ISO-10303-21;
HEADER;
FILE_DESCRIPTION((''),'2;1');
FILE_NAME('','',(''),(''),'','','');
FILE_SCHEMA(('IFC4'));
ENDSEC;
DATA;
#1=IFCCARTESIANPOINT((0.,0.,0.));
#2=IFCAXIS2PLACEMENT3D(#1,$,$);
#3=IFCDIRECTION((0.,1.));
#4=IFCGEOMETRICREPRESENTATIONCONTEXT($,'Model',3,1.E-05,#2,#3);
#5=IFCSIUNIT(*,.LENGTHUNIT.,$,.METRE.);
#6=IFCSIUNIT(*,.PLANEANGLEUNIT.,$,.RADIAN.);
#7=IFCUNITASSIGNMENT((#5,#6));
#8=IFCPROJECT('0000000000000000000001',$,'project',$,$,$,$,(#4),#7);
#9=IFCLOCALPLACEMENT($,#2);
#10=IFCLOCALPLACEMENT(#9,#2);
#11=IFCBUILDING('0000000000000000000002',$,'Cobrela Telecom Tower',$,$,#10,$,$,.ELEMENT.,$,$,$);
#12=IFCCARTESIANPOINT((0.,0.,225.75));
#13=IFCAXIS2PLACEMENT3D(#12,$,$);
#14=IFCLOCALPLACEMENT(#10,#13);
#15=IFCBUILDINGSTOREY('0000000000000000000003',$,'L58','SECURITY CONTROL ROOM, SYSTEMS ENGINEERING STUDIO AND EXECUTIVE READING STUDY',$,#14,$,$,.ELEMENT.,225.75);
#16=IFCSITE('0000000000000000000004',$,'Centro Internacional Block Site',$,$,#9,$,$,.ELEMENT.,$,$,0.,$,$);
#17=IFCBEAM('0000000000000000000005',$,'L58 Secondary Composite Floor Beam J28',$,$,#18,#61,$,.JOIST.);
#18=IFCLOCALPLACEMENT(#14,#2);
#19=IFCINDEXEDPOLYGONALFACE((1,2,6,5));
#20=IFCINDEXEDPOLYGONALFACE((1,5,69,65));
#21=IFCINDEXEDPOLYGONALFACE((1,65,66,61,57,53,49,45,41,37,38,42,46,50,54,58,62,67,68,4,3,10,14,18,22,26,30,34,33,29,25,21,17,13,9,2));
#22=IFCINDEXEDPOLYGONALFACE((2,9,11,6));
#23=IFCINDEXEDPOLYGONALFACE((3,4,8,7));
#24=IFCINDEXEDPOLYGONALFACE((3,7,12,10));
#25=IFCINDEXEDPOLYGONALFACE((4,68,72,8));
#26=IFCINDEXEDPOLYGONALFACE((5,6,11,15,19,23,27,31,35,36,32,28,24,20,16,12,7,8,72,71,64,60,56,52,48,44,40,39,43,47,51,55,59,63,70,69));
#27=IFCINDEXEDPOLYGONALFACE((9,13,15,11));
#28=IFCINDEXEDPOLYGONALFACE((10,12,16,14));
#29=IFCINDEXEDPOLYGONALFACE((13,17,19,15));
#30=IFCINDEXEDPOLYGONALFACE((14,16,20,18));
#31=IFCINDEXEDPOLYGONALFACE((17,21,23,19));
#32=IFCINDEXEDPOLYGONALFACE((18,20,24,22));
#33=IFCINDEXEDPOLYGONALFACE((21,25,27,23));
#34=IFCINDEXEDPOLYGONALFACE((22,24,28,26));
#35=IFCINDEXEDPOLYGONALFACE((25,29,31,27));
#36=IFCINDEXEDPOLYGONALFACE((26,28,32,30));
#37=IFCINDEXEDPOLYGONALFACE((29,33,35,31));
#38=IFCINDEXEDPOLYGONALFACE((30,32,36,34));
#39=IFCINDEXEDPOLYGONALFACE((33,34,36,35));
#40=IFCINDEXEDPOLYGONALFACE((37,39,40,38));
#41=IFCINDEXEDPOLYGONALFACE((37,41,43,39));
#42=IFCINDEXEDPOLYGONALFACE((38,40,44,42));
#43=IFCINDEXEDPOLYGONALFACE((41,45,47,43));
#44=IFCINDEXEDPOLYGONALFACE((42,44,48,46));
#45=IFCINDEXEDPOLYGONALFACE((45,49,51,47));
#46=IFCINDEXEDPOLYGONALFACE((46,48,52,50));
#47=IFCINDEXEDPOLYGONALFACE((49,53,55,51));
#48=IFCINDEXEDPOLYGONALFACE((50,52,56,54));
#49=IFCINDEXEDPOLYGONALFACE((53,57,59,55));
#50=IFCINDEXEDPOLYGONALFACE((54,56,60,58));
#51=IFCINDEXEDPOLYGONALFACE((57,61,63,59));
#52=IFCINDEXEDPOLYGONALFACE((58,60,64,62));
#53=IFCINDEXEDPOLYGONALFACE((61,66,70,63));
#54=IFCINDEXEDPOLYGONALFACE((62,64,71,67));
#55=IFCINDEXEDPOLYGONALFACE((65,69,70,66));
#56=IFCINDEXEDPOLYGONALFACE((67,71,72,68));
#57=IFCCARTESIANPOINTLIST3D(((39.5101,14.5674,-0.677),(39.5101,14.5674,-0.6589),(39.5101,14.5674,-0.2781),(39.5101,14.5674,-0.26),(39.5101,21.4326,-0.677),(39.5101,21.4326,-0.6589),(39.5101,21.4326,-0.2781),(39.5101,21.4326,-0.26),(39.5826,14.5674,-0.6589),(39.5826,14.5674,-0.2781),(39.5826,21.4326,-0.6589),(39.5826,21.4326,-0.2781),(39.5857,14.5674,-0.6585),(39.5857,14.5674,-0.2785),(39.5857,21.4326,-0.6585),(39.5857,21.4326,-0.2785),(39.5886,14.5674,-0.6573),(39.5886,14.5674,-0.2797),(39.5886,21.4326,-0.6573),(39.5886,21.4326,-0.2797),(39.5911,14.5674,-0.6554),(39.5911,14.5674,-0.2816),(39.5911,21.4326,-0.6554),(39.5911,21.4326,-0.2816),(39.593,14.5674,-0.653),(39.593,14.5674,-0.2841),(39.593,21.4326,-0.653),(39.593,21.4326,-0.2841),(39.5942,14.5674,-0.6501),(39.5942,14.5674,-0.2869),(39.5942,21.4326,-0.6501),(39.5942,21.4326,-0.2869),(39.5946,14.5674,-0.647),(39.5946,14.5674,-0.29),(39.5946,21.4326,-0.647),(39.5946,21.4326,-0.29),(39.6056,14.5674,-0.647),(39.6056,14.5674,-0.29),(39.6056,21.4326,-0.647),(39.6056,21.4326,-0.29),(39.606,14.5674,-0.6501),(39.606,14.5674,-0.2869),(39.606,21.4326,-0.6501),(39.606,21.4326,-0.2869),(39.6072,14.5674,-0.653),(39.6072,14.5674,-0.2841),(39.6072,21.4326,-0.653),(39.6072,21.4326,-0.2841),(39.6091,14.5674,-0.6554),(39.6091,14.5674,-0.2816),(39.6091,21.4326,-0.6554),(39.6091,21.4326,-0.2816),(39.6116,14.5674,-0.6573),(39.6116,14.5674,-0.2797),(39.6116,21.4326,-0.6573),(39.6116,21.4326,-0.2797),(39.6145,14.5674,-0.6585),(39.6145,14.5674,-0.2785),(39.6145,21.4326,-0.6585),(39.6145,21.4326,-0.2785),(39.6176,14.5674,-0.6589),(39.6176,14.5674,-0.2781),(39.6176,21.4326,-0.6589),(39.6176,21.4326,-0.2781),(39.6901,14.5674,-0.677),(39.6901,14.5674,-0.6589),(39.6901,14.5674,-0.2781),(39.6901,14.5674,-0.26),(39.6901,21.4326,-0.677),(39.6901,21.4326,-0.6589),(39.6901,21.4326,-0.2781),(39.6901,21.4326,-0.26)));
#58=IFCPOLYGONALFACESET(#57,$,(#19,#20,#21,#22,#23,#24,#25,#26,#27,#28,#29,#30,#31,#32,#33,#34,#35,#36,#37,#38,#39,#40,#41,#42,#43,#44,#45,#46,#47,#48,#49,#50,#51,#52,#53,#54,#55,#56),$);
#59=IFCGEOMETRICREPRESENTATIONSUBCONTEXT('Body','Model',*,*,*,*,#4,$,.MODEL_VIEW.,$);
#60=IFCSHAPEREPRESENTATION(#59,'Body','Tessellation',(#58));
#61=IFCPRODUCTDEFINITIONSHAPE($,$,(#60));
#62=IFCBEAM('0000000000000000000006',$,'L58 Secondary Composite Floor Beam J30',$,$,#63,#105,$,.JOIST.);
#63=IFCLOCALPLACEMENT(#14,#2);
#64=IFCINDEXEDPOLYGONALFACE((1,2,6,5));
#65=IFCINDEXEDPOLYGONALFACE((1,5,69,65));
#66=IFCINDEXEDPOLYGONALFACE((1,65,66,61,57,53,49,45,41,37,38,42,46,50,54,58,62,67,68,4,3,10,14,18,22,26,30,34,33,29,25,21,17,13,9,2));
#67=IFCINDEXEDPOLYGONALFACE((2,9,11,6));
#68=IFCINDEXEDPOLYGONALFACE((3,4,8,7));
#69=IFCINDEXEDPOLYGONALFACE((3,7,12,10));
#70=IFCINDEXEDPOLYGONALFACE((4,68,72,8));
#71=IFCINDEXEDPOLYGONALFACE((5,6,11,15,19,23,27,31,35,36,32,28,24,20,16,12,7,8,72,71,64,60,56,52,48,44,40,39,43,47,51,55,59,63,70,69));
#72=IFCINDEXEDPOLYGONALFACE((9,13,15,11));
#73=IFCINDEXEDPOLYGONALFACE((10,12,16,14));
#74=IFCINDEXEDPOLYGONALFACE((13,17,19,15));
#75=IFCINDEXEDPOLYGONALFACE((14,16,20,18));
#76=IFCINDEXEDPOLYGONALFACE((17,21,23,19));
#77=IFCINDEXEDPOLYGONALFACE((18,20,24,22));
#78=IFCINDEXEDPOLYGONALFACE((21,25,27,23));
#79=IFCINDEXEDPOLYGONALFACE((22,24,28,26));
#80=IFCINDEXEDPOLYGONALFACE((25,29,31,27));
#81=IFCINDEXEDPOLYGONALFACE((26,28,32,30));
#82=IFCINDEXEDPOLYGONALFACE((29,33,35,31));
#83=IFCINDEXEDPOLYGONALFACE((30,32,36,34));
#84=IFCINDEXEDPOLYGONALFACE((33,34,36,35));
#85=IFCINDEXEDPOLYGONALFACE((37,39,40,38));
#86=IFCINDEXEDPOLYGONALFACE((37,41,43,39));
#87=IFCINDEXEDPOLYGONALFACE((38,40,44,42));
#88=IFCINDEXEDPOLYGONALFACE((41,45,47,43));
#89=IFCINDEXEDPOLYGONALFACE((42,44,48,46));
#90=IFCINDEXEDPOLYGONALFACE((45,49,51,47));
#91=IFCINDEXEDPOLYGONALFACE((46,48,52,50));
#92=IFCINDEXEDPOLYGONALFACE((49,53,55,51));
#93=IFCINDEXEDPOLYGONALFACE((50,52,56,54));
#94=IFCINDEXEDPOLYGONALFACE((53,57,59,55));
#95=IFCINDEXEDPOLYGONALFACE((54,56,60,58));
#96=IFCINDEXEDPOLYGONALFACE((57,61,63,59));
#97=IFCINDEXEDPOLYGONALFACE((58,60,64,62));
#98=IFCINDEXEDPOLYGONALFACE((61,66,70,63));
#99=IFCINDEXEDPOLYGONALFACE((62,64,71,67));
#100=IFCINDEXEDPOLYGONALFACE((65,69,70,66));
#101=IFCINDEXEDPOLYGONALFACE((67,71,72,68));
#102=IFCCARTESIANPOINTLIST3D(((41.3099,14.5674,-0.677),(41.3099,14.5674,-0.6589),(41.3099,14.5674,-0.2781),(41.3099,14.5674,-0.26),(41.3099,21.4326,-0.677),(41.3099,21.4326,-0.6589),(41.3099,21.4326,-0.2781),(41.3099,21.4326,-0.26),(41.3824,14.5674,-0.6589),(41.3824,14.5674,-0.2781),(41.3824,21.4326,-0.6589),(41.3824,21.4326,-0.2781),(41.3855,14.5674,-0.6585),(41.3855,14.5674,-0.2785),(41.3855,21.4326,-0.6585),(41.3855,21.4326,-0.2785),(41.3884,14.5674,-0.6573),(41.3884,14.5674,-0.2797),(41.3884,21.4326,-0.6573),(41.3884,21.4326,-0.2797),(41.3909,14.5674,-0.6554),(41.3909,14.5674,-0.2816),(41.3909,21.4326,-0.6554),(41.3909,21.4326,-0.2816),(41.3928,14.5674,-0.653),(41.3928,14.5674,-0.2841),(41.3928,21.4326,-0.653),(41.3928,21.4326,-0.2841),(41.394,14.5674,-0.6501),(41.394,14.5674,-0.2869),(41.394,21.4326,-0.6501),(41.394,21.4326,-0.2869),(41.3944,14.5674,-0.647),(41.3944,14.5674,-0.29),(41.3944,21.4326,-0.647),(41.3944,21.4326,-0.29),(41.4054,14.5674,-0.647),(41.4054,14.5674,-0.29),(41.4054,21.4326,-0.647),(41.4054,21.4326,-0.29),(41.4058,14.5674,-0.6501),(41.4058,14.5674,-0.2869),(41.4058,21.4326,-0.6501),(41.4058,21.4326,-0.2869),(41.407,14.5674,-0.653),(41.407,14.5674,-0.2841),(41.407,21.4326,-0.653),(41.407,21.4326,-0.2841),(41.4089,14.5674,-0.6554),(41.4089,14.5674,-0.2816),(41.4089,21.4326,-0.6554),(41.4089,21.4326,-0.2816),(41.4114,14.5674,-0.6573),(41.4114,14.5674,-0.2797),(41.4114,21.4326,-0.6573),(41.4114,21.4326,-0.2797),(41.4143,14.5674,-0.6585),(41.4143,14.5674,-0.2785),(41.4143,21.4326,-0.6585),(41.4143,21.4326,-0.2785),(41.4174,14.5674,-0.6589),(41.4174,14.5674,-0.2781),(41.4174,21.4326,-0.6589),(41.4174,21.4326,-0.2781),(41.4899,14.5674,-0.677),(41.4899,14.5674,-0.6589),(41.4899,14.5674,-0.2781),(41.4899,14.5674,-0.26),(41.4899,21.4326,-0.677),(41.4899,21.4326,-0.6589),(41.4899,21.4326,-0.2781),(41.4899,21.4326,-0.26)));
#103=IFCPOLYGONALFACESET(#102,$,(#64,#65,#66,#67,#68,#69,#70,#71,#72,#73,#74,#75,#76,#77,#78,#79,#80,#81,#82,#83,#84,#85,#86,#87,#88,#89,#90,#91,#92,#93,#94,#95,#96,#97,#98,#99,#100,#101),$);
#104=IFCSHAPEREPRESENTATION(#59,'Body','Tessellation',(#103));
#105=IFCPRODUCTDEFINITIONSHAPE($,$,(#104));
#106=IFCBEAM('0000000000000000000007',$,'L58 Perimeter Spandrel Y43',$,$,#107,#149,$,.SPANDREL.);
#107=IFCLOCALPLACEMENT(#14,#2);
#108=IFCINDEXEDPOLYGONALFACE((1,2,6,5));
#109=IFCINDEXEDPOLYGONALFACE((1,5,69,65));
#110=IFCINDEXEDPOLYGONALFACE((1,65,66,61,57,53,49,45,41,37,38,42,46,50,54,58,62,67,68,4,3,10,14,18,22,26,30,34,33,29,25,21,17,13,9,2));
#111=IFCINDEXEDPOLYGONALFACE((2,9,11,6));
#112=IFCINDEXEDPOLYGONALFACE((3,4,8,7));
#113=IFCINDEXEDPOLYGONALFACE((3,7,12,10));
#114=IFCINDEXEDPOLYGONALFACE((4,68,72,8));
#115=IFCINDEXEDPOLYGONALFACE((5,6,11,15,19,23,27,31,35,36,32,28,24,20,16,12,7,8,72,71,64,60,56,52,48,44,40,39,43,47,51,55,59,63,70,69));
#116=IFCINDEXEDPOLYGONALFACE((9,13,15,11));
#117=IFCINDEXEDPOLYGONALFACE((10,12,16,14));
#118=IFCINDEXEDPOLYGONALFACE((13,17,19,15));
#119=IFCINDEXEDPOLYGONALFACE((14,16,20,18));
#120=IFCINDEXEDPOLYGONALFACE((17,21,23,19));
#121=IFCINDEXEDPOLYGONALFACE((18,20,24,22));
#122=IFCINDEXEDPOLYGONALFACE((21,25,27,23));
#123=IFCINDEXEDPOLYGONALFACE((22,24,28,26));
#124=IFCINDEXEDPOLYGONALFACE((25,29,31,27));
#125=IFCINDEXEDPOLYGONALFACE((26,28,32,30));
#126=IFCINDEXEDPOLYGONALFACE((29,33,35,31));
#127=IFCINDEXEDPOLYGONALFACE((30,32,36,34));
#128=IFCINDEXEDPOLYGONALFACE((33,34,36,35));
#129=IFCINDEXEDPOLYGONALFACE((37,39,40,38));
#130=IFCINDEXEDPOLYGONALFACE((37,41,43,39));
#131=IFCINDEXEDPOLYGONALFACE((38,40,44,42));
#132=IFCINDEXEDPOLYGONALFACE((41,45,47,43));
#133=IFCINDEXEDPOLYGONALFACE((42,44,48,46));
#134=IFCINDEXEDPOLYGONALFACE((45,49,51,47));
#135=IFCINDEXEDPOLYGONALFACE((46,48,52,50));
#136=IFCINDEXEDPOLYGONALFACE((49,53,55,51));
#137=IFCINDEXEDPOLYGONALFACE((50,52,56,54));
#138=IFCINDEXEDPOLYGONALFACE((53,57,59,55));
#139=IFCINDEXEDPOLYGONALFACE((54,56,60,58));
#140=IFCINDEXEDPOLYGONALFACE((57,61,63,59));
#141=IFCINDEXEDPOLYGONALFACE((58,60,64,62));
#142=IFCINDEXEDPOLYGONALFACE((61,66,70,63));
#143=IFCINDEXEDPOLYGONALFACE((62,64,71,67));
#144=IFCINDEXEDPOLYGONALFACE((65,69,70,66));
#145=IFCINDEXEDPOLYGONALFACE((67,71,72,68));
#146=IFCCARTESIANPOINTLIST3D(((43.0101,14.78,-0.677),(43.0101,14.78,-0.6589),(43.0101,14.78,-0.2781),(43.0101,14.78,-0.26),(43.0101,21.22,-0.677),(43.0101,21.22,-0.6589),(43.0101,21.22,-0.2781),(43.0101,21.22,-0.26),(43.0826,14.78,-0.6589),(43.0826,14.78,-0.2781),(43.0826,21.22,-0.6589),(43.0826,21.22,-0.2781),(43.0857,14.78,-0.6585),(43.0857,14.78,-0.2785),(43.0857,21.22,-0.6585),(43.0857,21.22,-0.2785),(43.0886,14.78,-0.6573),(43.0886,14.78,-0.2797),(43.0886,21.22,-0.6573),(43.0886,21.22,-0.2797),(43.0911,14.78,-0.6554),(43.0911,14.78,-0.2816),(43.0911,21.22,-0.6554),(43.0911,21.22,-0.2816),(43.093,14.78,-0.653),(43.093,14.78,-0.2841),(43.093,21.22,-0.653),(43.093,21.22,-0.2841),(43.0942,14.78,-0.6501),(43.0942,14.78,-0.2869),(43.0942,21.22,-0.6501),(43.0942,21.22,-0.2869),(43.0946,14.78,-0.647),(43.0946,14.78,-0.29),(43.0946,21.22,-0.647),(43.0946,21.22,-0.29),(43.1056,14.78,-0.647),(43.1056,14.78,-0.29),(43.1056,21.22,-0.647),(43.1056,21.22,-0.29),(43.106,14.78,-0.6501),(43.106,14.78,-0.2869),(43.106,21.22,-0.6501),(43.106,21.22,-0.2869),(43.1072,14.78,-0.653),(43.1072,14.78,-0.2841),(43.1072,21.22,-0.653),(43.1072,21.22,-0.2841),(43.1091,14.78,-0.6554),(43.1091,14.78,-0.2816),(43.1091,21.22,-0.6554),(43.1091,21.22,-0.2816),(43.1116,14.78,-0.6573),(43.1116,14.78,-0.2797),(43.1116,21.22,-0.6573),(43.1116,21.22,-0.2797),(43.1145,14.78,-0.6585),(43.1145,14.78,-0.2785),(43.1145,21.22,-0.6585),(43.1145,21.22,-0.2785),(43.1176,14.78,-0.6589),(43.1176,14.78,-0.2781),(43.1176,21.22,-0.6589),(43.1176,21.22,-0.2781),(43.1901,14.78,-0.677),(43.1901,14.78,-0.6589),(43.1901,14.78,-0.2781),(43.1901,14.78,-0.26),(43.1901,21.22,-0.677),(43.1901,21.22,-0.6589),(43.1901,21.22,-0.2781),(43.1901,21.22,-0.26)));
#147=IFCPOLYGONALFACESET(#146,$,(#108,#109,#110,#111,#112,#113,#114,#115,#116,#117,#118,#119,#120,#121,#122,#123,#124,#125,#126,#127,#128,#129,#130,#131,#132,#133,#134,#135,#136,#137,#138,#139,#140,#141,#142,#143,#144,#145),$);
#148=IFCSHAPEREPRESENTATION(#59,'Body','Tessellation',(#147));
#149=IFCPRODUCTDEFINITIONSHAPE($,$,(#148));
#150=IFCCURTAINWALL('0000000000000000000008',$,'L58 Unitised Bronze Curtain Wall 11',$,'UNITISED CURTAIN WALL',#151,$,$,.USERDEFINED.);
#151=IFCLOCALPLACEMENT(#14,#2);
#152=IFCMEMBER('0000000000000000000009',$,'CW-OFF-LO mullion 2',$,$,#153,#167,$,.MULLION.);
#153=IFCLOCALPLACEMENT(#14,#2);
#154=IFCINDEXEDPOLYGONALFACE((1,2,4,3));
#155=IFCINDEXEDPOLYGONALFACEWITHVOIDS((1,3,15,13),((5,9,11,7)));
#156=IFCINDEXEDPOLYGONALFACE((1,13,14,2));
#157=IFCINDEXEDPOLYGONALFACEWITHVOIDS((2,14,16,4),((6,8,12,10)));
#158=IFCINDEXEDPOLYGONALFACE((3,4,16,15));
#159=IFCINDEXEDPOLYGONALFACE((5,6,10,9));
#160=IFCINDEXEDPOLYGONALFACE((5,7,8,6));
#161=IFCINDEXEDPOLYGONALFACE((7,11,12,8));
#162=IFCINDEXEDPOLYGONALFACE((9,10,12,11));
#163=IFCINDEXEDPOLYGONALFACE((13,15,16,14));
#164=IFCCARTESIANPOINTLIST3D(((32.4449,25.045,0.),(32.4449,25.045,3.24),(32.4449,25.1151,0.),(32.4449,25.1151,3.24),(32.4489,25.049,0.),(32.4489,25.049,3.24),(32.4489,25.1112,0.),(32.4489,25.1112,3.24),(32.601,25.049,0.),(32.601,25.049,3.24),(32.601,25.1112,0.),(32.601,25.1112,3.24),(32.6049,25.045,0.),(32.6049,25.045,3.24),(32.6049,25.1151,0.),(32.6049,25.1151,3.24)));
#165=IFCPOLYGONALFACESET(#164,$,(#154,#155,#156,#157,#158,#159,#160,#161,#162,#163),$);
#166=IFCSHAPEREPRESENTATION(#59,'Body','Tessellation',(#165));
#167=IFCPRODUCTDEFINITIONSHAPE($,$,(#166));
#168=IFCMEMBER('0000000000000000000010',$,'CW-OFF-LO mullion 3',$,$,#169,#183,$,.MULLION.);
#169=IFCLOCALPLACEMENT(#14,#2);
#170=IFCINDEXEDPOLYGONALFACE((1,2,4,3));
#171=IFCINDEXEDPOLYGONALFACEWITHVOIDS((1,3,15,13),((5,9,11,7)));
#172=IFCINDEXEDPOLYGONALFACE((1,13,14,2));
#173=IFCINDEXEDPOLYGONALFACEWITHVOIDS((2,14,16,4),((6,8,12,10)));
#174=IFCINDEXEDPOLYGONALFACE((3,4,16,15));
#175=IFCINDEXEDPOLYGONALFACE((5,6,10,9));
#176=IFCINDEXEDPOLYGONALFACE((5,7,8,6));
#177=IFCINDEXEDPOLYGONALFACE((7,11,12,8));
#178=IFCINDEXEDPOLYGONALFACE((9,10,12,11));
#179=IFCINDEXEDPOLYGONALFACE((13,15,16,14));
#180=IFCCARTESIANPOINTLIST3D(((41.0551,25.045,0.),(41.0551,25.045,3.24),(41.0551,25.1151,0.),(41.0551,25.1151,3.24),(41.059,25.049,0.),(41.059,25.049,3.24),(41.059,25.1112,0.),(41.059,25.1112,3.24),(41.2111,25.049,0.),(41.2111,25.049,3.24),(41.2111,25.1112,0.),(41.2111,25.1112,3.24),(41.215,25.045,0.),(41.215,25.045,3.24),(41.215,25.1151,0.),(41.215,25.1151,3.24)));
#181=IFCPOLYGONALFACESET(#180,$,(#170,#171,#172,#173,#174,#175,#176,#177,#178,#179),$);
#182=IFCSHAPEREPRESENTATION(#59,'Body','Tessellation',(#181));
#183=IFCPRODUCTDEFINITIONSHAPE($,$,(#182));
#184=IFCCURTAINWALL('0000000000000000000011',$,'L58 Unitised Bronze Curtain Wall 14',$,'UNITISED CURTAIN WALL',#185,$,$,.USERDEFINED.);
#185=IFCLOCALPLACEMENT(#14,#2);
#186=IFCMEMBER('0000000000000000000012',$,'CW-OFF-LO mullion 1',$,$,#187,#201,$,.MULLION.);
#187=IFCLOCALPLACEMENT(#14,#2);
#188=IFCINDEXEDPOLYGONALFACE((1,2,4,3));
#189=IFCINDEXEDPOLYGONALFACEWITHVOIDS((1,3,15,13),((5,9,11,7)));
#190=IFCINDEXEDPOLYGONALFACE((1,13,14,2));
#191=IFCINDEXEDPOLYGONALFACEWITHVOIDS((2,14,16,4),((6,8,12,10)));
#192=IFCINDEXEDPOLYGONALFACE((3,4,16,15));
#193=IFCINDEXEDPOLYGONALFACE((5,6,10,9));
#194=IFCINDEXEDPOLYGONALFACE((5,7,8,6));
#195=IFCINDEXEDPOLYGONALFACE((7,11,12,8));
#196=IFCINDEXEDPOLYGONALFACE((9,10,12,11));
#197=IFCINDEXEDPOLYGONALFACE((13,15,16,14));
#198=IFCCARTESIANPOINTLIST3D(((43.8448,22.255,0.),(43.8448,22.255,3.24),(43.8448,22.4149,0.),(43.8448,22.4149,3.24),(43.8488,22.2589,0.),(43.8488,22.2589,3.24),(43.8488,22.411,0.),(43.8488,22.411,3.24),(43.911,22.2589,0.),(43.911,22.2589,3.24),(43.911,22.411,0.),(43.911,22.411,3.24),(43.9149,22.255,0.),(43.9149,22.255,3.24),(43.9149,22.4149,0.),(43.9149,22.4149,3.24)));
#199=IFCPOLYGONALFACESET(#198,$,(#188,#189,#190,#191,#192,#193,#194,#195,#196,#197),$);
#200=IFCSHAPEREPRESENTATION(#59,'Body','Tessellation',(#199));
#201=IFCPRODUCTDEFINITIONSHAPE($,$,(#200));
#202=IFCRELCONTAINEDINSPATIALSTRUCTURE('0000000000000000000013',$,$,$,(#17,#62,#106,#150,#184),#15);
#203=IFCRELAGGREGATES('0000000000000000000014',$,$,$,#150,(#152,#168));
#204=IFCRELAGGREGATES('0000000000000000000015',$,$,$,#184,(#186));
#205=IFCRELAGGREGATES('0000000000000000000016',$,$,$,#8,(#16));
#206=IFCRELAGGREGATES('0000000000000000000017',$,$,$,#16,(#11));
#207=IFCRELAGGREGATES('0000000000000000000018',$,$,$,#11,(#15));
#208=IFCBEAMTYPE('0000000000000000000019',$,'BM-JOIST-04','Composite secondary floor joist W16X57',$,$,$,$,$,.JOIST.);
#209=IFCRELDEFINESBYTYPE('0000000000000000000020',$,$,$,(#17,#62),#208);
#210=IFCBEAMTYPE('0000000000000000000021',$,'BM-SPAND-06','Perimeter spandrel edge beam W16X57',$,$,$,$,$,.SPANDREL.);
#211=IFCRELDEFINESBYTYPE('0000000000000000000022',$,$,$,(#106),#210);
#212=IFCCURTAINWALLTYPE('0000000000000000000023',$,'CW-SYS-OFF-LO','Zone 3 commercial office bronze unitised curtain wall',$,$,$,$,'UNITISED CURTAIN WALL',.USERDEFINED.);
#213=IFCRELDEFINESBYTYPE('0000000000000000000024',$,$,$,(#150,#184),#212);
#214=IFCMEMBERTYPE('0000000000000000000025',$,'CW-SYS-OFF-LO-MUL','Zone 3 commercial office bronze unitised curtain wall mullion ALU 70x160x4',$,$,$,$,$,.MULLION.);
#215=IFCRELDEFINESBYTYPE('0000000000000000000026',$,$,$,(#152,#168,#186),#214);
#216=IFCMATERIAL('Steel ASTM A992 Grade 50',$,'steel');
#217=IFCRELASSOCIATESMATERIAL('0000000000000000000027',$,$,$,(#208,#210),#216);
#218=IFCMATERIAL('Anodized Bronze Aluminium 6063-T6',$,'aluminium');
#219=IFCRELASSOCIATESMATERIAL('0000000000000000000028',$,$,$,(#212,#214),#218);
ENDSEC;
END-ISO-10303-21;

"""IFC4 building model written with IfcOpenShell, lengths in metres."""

from ifc_helpers import new_model, si_unit, direction, frame, origin, origin_2d, place, context, subcontext, project, spatial, hollow_rectangle, i_section, extrude, material, material_profile, profile_set, type_object, element, aggregate, save


model = new_model("IFC4")

# Units and contexts
model_context = context("Model", 3, precision=1e-05, world=origin(), true_north=direction((0.0, 1.0)))
body_context = subcontext(model_context, "Body", "Model", "MODEL_VIEW")
ifc_project = project(units=[si_unit("LENGTHUNIT", "METRE"), si_unit("PLANEANGLEUNIT", "RADIAN")], contexts=[model_context])

# Site, building, storey
site_placement = place(None, origin())
site = spatial("IfcSite", under=ifc_project, at=site_placement, Name="Centro Internacional Block Site", CompositionType="ELEMENT", RefElevation=0.0)
building_placement = place(site_placement, origin())
building = spatial("IfcBuilding", under=site, at=building_placement, Name="Cobrela Telecom Tower", CompositionType="ELEMENT")
storey_placement = place(building_placement, frame((0.0, 0.0, 225.75)))
storey = spatial("IfcBuildingStorey", under=building, at=storey_placement, Name="L58", Description="SECURITY CONTROL ROOM, SYSTEMS ENGINEERING STUDIO AND EXECUTIVE READING STUDY", CompositionType="ELEMENT", Elevation=225.75)

# Shared definitions
ifc_material_1 = material(Name="Steel ASTM A992 Grade 50", Category="steel")

# Beams
ifc_material_profile_1 = material_profile(ifc_material_1, i_section(OverallWidth=0.1799, OverallDepth=0.417, WebThickness=0.011, FlangeThickness=0.0181, FilletRadius=0.012, at=origin_2d()), Name="W16X57")
ifc_profile_set_1 = profile_set([ifc_material_profile_1], Name="Steel ASTM A992 Grade 50")
beam_type_1 = type_object("IfcBeamType", Name="BM-JOIST-04", Description="Composite secondary floor joist W16X57", PredefinedType="JOIST", material=ifc_profile_set_1)
for number, where, z_axis, x_axis, name in (
    (1, (39.6001, 14.5674, -0.4685), (0.0, 1.0, 0.0), (-1.0, 0.0, 0.0), "L58 Secondary Composite Floor Beam J28"),
    (2, (41.3999, 14.5674, -0.4685), (0.0, 1.0, 0.0), (-1.0, 0.0, 0.0), "L58 Secondary Composite Floor Beam J30"),
):
    element("IfcBeam", number, at=place(storey_placement, frame(where, z_axis=z_axis, x_axis=x_axis)), inside=storey, type_object=beam_type_1, Name=name, PredefinedType="JOIST", context=body_context, shape_type="SweptSolid", body=[
        extrude(i_section(OverallWidth=0.1799, OverallDepth=0.417, WebThickness=0.011, FlangeThickness=0.0181, FilletRadius=0.012, at=origin_2d()), origin(), (0.0, 0.0, 1.0), 6.8652),
    ])
ifc_material_profile_2 = material_profile(ifc_material_1, i_section(OverallWidth=0.1799, OverallDepth=0.417, WebThickness=0.011, FlangeThickness=0.0181, FilletRadius=0.012, at=origin_2d()), Name="W16X57")
ifc_profile_set_2 = profile_set([ifc_material_profile_2], Name="Steel ASTM A992 Grade 50")
beam_type_2 = type_object("IfcBeamType", Name="BM-SPAND-06", Description="Perimeter spandrel edge beam W16X57", PredefinedType="SPANDREL", material=ifc_profile_set_2)
beam_1_placement = place(storey_placement, frame((43.1001, 14.78, -0.4685), z_axis=(0.0, 1.0, 0.0), x_axis=(-1.0, 0.0, 0.0)))
element("IfcBeam", 3, at=beam_1_placement, inside=storey, type_object=beam_type_2, Name="L58 Perimeter Spandrel Y43", PredefinedType="SPANDREL", context=body_context, shape_type="SweptSolid", body=[
    extrude(i_section(OverallWidth=0.1799, OverallDepth=0.417, WebThickness=0.011, FlangeThickness=0.0181, FilletRadius=0.012, at=origin_2d()), origin(), (0.0, 0.0, 1.0), 6.4399),
])

# Curtain wall, members
ifc_material_2 = material(Name="Anodized Bronze Aluminium 6063-T6", Category="aluminium")
curtain_wall_type = type_object("IfcCurtainWallType", Name="CW-SYS-OFF-LO", Description="Zone 3 commercial office bronze unitised curtain wall", ElementType="UNITISED CURTAIN WALL", PredefinedType="USERDEFINED", material=ifc_material_2)
curtain_wall_1_placement = place(storey_placement, origin())
curtain_wall_1 = element("IfcCurtainWall", 4, at=curtain_wall_1_placement, inside=storey, type_object=curtain_wall_type, Name="L58 Unitised Bronze Curtain Wall 11", ObjectType="UNITISED CURTAIN WALL", PredefinedType="USERDEFINED")
ifc_material_profile_3 = material_profile(ifc_material_2, hollow_rectangle(XDim=0.0701, YDim=0.1599, WallThickness=0.0039, at=origin_2d()), Name="ALU 70x160x4")
ifc_profile_set_3 = profile_set([ifc_material_profile_3], Name="Anodized Bronze Aluminium 6063-T6")
member_type_1 = type_object("IfcMemberType", Name="CW-SYS-OFF-LO-MUL", Description="Zone 3 commercial office bronze unitised curtain wall mullion ALU 70x160x4", PredefinedType="MULLION", material=ifc_profile_set_3)
member_1_placement = place(storey_placement, frame((32.5249, 25.0801, 0.0), z_axis=(0.0, 0.0, 1.0), x_axis=(0.0, 1.0, 0.0)))
member_1 = element("IfcMember", 5, at=member_1_placement, type_object=member_type_1, Name="CW-OFF-LO mullion 2", PredefinedType="MULLION", context=body_context, shape_type="SweptSolid", body=[
    extrude(hollow_rectangle(XDim=0.0701, YDim=0.1599, WallThickness=0.0039, at=origin_2d()), origin(), (0.0, 0.0, 1.0), 3.24),
])
member_2_placement = place(storey_placement, frame((41.135, 25.0801, 0.0), z_axis=(0.0, 0.0, 1.0), x_axis=(0.0, 1.0, 0.0)))
member_2 = element("IfcMember", 6, at=member_2_placement, type_object=member_type_1, Name="CW-OFF-LO mullion 3", PredefinedType="MULLION", context=body_context, shape_type="SweptSolid", body=[
    extrude(hollow_rectangle(XDim=0.0701, YDim=0.1599, WallThickness=0.0039, at=origin_2d()), origin(), (0.0, 0.0, 1.0), 3.24),
])

# Curtain wall, member
curtain_wall_2_placement = place(storey_placement, origin())
curtain_wall_2 = element("IfcCurtainWall", 7, at=curtain_wall_2_placement, inside=storey, type_object=curtain_wall_type, Name="L58 Unitised Bronze Curtain Wall 14", ObjectType="UNITISED CURTAIN WALL", PredefinedType="USERDEFINED")
member_3_placement = place(storey_placement, frame((43.8799, 22.335, 0.0), z_axis=(0.0, 0.0, 1.0), x_axis=(1.0, 0.0, 0.0)))
member_3 = element("IfcMember", 8, at=member_3_placement, type_object=member_type_1, Name="CW-OFF-LO mullion 1", PredefinedType="MULLION", context=body_context, shape_type="SweptSolid", body=[
    extrude(hollow_rectangle(XDim=0.0701, YDim=0.1599, WallThickness=0.0039, at=origin_2d()), origin(), (0.0, 0.0, 1.0), 3.24),
])

aggregate(curtain_wall_1, [member_1, member_2])
aggregate(curtain_wall_2, [member_3])

save(model, "model.ifc")
